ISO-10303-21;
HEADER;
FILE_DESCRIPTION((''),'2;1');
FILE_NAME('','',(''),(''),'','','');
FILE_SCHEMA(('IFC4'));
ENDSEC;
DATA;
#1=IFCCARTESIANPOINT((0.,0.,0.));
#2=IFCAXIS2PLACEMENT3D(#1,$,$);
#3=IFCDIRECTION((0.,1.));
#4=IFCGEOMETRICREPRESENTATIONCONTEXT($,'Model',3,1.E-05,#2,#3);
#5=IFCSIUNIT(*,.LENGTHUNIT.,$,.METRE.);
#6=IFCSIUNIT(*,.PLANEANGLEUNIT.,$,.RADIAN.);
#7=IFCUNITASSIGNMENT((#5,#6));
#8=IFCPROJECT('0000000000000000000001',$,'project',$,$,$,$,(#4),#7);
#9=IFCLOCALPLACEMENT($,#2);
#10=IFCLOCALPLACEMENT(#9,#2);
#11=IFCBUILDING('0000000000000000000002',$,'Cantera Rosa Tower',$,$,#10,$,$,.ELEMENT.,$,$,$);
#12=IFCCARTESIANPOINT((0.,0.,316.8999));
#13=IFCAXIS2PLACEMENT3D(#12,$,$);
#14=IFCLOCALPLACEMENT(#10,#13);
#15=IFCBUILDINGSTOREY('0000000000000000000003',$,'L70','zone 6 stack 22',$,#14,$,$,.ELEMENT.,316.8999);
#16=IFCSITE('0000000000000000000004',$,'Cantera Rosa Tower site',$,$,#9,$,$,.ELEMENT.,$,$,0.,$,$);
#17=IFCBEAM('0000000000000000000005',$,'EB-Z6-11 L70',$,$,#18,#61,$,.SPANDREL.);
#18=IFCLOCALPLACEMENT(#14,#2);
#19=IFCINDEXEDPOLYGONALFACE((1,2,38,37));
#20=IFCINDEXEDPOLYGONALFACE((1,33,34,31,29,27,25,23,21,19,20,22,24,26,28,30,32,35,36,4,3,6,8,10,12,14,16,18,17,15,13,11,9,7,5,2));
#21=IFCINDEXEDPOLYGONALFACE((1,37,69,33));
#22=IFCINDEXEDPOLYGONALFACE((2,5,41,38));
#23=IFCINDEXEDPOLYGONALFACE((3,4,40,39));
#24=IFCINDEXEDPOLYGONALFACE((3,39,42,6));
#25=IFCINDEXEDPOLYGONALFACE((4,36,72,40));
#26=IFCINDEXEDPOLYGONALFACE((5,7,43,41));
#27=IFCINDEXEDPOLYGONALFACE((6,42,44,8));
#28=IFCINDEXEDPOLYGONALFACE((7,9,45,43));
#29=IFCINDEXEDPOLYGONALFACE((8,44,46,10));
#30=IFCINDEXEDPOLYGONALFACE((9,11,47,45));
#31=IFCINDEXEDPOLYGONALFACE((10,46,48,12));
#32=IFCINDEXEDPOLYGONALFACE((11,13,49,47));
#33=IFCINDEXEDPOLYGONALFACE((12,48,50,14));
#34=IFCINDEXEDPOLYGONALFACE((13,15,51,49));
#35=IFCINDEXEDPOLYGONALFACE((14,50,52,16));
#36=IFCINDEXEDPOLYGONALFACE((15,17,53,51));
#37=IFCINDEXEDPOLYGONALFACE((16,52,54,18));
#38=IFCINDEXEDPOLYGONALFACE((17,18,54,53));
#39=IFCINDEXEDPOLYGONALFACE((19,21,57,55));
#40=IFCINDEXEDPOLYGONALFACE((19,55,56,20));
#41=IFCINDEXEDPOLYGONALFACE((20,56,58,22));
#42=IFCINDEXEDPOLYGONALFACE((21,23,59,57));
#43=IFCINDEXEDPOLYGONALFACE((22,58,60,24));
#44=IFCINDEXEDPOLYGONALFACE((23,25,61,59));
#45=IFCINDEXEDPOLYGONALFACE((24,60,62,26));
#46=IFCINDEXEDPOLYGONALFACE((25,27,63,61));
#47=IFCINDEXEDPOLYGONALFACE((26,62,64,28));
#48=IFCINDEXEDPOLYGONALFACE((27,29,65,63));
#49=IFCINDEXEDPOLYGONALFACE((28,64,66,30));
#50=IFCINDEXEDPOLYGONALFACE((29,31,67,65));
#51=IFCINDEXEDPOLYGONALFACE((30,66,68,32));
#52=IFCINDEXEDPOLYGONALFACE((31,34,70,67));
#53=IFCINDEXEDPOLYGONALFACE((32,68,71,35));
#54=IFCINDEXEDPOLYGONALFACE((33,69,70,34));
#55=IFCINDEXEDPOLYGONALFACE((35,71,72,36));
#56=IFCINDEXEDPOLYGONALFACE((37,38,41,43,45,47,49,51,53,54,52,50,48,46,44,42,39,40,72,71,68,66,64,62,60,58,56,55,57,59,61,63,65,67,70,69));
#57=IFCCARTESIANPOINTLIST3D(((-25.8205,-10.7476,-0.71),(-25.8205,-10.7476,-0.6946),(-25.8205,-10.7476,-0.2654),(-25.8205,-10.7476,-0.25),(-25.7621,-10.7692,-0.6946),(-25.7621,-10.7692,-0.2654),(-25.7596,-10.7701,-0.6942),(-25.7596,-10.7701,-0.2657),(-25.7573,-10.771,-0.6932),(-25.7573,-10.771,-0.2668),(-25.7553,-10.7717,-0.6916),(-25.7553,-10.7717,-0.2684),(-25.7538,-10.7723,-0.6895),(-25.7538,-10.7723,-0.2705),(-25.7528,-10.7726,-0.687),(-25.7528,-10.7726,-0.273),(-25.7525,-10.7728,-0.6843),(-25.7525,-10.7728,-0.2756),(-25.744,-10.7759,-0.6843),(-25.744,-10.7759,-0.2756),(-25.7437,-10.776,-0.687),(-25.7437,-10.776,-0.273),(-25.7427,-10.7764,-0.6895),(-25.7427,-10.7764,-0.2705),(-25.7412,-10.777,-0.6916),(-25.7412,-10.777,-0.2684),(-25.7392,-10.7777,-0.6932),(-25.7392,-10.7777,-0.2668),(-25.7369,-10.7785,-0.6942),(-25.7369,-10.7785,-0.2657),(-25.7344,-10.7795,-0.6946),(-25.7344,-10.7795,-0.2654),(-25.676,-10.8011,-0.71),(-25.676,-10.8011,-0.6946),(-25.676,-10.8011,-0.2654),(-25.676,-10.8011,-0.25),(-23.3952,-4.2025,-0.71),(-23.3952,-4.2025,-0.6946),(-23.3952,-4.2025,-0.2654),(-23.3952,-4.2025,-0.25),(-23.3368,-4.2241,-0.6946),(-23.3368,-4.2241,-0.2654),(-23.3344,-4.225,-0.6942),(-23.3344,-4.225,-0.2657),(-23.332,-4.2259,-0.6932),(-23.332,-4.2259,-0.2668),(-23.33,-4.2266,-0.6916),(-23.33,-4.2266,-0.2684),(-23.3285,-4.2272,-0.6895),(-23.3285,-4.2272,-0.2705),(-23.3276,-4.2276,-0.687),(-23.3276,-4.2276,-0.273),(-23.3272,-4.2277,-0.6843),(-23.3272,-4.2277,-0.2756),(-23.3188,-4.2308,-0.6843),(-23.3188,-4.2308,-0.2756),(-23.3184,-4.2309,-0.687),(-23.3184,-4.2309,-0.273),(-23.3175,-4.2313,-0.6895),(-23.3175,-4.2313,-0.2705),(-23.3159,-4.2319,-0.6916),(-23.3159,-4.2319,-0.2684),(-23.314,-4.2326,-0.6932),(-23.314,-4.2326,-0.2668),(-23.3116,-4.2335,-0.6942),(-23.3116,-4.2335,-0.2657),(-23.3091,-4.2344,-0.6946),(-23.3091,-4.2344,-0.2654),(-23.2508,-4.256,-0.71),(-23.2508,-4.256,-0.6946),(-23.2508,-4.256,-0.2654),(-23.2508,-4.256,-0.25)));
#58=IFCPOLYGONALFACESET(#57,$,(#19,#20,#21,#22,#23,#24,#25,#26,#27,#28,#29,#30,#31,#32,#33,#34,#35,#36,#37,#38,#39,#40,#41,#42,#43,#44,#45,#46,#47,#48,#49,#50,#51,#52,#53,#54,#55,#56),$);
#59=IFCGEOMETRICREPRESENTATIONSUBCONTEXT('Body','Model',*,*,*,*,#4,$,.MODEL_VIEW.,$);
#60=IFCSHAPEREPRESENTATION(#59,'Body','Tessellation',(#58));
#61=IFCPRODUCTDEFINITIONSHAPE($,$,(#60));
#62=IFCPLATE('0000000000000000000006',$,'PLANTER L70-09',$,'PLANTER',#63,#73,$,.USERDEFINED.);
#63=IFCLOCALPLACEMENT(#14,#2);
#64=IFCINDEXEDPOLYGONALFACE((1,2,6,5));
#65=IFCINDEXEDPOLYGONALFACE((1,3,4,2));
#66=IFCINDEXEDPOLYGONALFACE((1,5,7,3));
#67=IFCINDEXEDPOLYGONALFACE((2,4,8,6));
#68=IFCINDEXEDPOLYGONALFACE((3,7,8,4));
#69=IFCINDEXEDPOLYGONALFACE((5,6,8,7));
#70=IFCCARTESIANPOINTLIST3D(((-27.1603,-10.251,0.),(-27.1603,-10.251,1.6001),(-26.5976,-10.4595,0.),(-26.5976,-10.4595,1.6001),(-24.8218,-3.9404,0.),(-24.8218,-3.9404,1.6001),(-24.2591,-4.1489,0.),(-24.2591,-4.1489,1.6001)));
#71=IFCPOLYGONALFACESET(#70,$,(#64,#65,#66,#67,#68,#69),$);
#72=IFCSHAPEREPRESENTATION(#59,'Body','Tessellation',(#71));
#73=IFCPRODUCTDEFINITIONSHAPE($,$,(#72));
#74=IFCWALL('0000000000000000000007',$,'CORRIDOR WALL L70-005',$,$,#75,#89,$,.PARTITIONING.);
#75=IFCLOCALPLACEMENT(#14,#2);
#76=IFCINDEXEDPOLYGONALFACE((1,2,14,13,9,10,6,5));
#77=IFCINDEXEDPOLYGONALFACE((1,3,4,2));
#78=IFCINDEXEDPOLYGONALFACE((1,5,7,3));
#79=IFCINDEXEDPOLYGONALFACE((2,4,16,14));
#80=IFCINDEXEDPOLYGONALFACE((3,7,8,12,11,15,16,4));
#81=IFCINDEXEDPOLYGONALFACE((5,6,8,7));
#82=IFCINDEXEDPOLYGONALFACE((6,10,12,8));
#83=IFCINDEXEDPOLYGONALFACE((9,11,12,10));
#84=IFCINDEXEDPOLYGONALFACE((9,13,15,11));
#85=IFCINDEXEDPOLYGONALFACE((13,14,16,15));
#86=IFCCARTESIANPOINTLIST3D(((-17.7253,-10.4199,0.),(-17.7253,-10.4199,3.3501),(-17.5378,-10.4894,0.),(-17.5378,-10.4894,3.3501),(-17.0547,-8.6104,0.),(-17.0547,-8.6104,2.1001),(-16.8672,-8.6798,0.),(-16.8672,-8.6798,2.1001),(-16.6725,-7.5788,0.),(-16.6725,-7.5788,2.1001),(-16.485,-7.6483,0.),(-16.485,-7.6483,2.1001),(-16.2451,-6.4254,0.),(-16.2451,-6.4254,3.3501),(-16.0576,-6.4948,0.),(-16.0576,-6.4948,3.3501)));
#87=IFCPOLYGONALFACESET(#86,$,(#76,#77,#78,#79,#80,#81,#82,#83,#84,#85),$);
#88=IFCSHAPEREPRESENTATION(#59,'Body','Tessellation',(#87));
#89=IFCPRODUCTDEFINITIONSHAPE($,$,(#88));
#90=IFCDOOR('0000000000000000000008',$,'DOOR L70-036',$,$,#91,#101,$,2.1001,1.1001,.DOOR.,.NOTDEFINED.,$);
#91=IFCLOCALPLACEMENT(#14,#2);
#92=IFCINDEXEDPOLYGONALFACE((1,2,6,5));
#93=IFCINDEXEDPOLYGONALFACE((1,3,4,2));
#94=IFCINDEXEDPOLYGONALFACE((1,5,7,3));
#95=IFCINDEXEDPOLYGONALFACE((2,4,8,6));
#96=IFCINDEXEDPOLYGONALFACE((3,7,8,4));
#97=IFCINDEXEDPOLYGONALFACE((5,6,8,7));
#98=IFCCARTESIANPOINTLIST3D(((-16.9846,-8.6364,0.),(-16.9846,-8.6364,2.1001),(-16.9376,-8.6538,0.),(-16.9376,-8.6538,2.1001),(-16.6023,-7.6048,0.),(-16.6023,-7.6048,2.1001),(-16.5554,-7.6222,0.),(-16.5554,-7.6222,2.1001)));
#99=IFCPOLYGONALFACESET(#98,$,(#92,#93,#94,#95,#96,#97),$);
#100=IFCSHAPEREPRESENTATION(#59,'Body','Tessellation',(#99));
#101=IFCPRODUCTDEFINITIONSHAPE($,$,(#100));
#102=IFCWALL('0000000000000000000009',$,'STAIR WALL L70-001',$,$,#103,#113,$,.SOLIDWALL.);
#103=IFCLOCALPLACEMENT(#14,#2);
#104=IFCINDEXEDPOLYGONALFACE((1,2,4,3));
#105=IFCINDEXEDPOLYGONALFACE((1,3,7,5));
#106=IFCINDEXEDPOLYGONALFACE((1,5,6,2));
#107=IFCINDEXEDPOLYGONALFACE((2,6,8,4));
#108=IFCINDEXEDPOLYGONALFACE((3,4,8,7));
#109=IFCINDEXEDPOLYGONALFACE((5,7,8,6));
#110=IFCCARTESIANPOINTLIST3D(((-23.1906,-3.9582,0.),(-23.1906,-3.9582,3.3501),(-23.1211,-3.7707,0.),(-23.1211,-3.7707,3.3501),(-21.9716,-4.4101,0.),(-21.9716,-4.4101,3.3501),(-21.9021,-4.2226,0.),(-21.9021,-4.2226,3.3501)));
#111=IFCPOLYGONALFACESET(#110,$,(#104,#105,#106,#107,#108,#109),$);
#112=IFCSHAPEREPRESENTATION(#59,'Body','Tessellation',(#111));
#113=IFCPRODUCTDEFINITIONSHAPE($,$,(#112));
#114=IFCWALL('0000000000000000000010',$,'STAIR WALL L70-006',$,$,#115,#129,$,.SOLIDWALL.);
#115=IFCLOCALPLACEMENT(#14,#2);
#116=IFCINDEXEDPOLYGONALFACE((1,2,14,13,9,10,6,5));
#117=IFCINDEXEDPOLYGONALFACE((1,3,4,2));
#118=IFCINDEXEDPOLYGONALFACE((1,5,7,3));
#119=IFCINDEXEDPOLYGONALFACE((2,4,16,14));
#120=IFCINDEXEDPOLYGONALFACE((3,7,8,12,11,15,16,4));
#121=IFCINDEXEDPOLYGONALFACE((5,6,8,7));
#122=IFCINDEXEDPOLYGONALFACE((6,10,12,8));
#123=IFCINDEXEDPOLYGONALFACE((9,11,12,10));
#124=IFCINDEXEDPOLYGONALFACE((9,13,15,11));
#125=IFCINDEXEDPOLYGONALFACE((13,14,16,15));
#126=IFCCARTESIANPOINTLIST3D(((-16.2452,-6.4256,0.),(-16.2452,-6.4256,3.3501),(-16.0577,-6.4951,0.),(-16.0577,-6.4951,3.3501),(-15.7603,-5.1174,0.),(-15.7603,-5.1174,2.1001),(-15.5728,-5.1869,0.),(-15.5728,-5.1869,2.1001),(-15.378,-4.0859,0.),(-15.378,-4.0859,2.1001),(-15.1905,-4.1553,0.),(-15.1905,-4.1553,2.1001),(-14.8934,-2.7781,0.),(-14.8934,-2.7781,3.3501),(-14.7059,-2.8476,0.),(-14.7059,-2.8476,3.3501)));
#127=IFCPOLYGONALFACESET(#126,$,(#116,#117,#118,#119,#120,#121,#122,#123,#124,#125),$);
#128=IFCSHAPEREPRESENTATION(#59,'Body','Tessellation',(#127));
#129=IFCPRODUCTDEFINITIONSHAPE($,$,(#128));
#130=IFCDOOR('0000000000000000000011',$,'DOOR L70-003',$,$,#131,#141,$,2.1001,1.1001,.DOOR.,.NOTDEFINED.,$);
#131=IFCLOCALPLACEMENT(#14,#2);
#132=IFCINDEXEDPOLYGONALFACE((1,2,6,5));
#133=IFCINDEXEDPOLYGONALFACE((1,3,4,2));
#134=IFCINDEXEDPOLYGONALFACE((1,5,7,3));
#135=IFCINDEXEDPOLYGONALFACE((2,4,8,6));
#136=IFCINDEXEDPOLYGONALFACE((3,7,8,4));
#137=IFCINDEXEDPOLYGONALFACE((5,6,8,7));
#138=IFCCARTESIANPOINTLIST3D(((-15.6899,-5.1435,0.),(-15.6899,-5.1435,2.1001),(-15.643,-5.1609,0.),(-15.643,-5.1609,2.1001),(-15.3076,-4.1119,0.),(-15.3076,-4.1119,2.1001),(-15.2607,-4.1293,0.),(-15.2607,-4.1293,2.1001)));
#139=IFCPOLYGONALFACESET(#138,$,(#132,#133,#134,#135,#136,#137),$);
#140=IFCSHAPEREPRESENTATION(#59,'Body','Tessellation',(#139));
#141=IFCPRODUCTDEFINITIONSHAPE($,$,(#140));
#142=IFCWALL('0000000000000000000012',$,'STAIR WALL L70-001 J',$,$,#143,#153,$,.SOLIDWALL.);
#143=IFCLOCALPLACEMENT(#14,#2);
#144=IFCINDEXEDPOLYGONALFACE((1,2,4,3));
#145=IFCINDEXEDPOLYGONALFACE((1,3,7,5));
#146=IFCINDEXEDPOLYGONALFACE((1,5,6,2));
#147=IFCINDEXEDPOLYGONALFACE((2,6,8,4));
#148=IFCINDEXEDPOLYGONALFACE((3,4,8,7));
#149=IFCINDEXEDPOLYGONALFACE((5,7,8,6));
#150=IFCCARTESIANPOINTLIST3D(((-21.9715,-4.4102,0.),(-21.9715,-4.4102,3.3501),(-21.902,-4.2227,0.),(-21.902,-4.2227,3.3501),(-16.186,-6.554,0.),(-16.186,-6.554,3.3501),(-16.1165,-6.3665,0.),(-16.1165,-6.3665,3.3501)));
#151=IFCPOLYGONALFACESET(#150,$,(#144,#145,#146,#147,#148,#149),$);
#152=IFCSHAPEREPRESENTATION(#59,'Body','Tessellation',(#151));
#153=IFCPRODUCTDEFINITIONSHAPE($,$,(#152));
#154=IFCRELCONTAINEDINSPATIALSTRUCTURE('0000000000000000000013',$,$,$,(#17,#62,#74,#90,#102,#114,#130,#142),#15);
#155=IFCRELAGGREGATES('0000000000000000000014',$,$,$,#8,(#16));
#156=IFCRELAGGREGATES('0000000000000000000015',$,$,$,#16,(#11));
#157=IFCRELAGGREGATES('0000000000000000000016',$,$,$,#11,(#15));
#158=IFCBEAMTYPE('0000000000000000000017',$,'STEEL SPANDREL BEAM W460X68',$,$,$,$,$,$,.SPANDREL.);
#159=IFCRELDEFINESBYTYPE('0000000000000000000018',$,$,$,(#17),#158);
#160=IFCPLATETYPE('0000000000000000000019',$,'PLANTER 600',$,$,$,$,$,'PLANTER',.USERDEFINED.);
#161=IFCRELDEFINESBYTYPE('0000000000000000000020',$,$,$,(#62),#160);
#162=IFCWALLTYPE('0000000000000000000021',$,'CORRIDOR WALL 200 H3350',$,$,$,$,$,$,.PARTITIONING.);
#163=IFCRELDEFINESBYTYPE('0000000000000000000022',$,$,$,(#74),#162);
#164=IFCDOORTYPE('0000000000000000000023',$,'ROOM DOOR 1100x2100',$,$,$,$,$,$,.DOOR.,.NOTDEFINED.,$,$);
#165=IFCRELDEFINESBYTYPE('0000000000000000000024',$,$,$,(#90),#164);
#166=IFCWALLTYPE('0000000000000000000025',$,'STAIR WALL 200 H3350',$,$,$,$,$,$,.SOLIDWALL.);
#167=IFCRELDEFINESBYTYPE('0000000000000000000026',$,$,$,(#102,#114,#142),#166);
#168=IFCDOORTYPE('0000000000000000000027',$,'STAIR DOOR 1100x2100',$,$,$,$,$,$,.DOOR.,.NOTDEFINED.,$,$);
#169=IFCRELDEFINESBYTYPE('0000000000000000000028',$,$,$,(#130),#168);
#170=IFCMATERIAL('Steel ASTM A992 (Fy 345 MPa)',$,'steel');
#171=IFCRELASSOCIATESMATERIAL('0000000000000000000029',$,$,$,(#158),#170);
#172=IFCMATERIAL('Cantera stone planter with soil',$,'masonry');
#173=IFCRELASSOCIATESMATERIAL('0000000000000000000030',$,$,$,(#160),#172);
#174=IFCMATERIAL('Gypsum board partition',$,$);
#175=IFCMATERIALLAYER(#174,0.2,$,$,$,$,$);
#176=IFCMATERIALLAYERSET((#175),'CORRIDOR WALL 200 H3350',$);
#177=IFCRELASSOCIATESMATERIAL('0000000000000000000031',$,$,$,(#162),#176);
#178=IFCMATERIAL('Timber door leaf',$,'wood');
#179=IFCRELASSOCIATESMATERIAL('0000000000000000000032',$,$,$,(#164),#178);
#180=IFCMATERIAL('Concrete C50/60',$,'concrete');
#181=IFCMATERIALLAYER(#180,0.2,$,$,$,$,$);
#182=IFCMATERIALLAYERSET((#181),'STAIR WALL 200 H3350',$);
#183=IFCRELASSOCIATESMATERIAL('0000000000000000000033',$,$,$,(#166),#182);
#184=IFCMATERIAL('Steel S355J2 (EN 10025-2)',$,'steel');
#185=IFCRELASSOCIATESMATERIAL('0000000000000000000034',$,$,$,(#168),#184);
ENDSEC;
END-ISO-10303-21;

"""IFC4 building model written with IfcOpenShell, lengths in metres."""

from ifc_helpers import new_model, si_unit, direction, frame, frame_2d, origin, origin_2d, place, context, subcontext, project, spatial, rectangle, i_section, extrude, material, layer, layer_set, material_profile, profile_set, type_object, element, fill, save


model = new_model("IFC4")

# Units and contexts
model_context = context("Model", 3, precision=1e-05, world=origin(), true_north=direction((0.0, 1.0)))
body_context = subcontext(model_context, "Body", "Model", "MODEL_VIEW")
ifc_project = project(units=[si_unit("LENGTHUNIT", "METRE"), si_unit("PLANEANGLEUNIT", "RADIAN")], contexts=[model_context])

# Site, building, storey
site_placement = place(None, origin())
site = spatial("IfcSite", under=ifc_project, at=site_placement, Name="Cantera Rosa Tower site", CompositionType="ELEMENT", RefElevation=0.0)
building_placement = place(site_placement, origin())
building = spatial("IfcBuilding", under=site, at=building_placement, Name="Cantera Rosa Tower", CompositionType="ELEMENT")
storey_placement = place(building_placement, frame((0.0, 0.0, 316.8999)))
storey = spatial("IfcBuildingStorey", under=building, at=storey_placement, Name="L70", Description="zone 6 stack 22", CompositionType="ELEMENT", Elevation=316.8999)

# Beam
ifc_material_1 = material(Name="Steel ASTM A992 (Fy 345 MPa)", Category="steel")
ifc_material_profile_1 = material_profile(ifc_material_1, i_section(OverallWidth=0.1541, OverallDepth=0.46, WebThickness=0.009, FlangeThickness=0.0154, FilletRadius=0.0103, at=origin_2d()), Name="W460X68")
ifc_profile_set_1 = profile_set([ifc_material_profile_1], Name="Steel ASTM A992 (Fy 345 MPa)")
beam_type_1 = type_object("IfcBeamType", Name="STEEL SPANDREL BEAM W460X68", PredefinedType="SPANDREL", material=ifc_profile_set_1)
beam_1_placement = place(storey_placement, frame((-23.323, -4.2292, -0.48), z_axis=(-0.34746, -0.937695, 0.0), x_axis=(0.937695, -0.34746, 0.0)))
element("IfcBeam", 1, at=beam_1_placement, inside=storey, type_object=beam_type_1, Name="EB-Z6-11 L70", PredefinedType="SPANDREL", context=body_context, shape_type="SweptSolid", body=[
    extrude(i_section(OverallWidth=0.1541, OverallDepth=0.46, WebThickness=0.009, FlangeThickness=0.0154, FilletRadius=0.0103, at=origin_2d()), origin(), (0.0, 0.0, 1.0), 6.98),
])

# Plate
ifc_material_2 = material(Name="Cantera stone planter with soil", Category="masonry")
plate_type = type_object("IfcPlateType", Name="PLANTER 600", ElementType="PLANTER", PredefinedType="USERDEFINED", material=ifc_material_2)
plate_placement = place(storey_placement, frame((-25.7097, -7.2, 0.0), z_axis=(0.0, 0.0, 1.0), x_axis=(-0.347481, -0.937687, 0.0)))
element("IfcPlate", 2, at=plate_placement, inside=storey, type_object=plate_type, Name="PLANTER L70-09", ObjectType="PLANTER", PredefinedType="USERDEFINED", context=body_context, shape_type="SweptSolid", body=[
    extrude(rectangle(XDim=6.73, YDim=0.6001, at=origin_2d()), origin(), (0.0, 0.0, 1.0), 1.6001),
])

# Wall, opening, door
ifc_material_3 = material(Name="Gypsum board partition")
ifc_layer_1 = layer(ifc_material_3, 0.2)
ifc_layer_set_1 = layer_set([ifc_layer_1], Name="CORRIDOR WALL 200 H3350")
wall_type_1 = type_object("IfcWallType", Name="CORRIDOR WALL 200 H3350", PredefinedType="PARTITIONING", material=ifc_layer_set_1)
wall_1_placement = place(storey_placement, frame((-16.1514, -6.4602, 0.0), z_axis=(0.0, 0.0, 1.0), x_axis=(-0.347466, -0.937693, 0.0)))
wall_1 = element("IfcWall", 3, at=wall_1_placement, inside=storey, type_object=wall_type_1, Name="CORRIDOR WALL L70-005", PredefinedType="PARTITIONING", context=body_context, shape_type="SweptSolid", body=[
    extrude(rectangle(XDim=4.26, YDim=0.2, at=frame_2d((2.1299, 0.0))), origin(), (0.0, 0.0, 1.0), 3.3501),
])
opening_1_placement = place(wall_1_placement, frame((1.23, 0.0, 0.0)))
opening_1 = element("IfcOpeningElement", 4, at=opening_1_placement, cuts=wall_1, PredefinedType="OPENING", context=body_context, shape_type="SweptSolid", body=[
    extrude(rectangle(XDim=1.1001, YDim=2.1001, at=frame_2d((0.55, 1.05))), frame((0.0, 0.1099, 0.0), z_axis=(0.0, -1.0, 0.0), x_axis=(1.0, 0.0, 0.0)), (0.0, 0.0, 1.0), 0.22),
])
ifc_material_4 = material(Name="Timber door leaf", Category="wood")
door_type_1 = type_object("IfcDoorType", Name="ROOM DOOR 1100x2100", OperationType="NOTDEFINED", PredefinedType="DOOR", material=ifc_material_4)
door_1_placement = place(opening_1_placement, origin())
door_1 = element("IfcDoor", 5, at=door_1_placement, inside=storey, type_object=door_type_1, Name="DOOR L70-036", OperationType="NOTDEFINED", OverallHeight=2.1001, OverallWidth=1.1001, PredefinedType="DOOR", context=body_context, shape_type="SweptSolid", body=[
    extrude(rectangle(XDim=1.1001, YDim=2.1001, at=frame_2d((0.55, 1.05))), frame((0.0, 0.0249, 0.0), z_axis=(0.0, -1.0, 0.0), x_axis=(1.0, 0.0, 0.0)), (0.0, 0.0, 1.0), 0.05),
])
fill(opening_1, door_1)

# Wall
ifc_material_5 = material(Name="Concrete C50/60", Category="concrete")
ifc_layer_2 = layer(ifc_material_5, 0.2)
ifc_layer_set_2 = layer_set([ifc_layer_2], Name="STAIR WALL 200 H3350")
wall_type_2 = type_object("IfcWallType", Name="STAIR WALL 200 H3350", PredefinedType="SOLIDWALL", material=ifc_layer_set_2)
wall_2_placement = place(storey_placement, frame((-23.1558, -3.8645, 0.0), z_axis=(0.0, 0.0, 1.0), x_axis=(0.937642, -0.347602, 0.0)))
element("IfcWall", 6, at=wall_2_placement, inside=storey, type_object=wall_type_2, Name="STAIR WALL L70-001", PredefinedType="SOLIDWALL", context=body_context, shape_type="SweptSolid", body=[
    extrude(rectangle(XDim=1.3, YDim=0.2, at=frame_2d((0.6499, 0.0))), origin(), (0.0, 0.0, 1.0), 3.3501),
])

# Wall, opening, door
wall_3_placement = place(storey_placement, frame((-16.1514, -6.4602, 0.0), z_axis=(0.0, 0.0, 1.0), x_axis=(0.347517, 0.937674, 0.0)))
wall_3 = element("IfcWall", 7, at=wall_3_placement, inside=storey, type_object=wall_type_2, Name="STAIR WALL L70-006", PredefinedType="SOLIDWALL", context=body_context, shape_type="SweptSolid", body=[
    extrude(rectangle(XDim=3.8899, YDim=0.2, at=frame_2d((1.9448, 0.0))), origin(), (0.0, 0.0, 1.0), 3.3501),
])
opening_2_placement = place(wall_3_placement, frame((1.395, 0.0, 0.0)))
opening_2 = element("IfcOpeningElement", 8, at=opening_2_placement, cuts=wall_3, PredefinedType="OPENING", context=body_context, shape_type="SweptSolid", body=[
    extrude(rectangle(XDim=1.1001, YDim=2.1001, at=frame_2d((0.55, 1.05))), frame((0.0, 0.1099, 0.0), z_axis=(0.0, -1.0, 0.0), x_axis=(1.0, 0.0, 0.0)), (0.0, 0.0, 1.0), 0.22),
])
ifc_material_6 = material(Name="Steel S355J2 (EN 10025-2)", Category="steel")
door_type_2 = type_object("IfcDoorType", Name="STAIR DOOR 1100x2100", OperationType="NOTDEFINED", PredefinedType="DOOR", material=ifc_material_6)
door_2_placement = place(opening_2_placement, origin())
door_2 = element("IfcDoor", 9, at=door_2_placement, inside=storey, type_object=door_type_2, Name="DOOR L70-003", OperationType="NOTDEFINED", OverallHeight=2.1001, OverallWidth=1.1001, PredefinedType="DOOR", context=body_context, shape_type="SweptSolid", body=[
    extrude(rectangle(XDim=1.1001, YDim=2.1001, at=frame_2d((0.55, 1.05))), frame((0.0, 0.0249, 0.0), z_axis=(0.0, -1.0, 0.0), x_axis=(1.0, 0.0, 0.0)), (0.0, 0.0, 1.0), 0.05),
])
fill(opening_2, door_2)

# Wall
wall_4_placement = place(storey_placement, frame((-21.9368, -4.3164, 0.0), z_axis=(0.0, 0.0, 1.0), x_axis=(0.937693, -0.347465, 0.0)))
element("IfcWall", 10, at=wall_4_placement, inside=storey, type_object=wall_type_2, Name="STAIR WALL L70-001 J", PredefinedType="SOLIDWALL", context=body_context, shape_type="SweptSolid", body=[
    extrude(rectangle(XDim=6.1699, YDim=0.2, at=frame_2d((3.085, 0.0))), origin(), (0.0, 0.0, 1.0), 3.3501),
])

save(model, "model.ifc")
